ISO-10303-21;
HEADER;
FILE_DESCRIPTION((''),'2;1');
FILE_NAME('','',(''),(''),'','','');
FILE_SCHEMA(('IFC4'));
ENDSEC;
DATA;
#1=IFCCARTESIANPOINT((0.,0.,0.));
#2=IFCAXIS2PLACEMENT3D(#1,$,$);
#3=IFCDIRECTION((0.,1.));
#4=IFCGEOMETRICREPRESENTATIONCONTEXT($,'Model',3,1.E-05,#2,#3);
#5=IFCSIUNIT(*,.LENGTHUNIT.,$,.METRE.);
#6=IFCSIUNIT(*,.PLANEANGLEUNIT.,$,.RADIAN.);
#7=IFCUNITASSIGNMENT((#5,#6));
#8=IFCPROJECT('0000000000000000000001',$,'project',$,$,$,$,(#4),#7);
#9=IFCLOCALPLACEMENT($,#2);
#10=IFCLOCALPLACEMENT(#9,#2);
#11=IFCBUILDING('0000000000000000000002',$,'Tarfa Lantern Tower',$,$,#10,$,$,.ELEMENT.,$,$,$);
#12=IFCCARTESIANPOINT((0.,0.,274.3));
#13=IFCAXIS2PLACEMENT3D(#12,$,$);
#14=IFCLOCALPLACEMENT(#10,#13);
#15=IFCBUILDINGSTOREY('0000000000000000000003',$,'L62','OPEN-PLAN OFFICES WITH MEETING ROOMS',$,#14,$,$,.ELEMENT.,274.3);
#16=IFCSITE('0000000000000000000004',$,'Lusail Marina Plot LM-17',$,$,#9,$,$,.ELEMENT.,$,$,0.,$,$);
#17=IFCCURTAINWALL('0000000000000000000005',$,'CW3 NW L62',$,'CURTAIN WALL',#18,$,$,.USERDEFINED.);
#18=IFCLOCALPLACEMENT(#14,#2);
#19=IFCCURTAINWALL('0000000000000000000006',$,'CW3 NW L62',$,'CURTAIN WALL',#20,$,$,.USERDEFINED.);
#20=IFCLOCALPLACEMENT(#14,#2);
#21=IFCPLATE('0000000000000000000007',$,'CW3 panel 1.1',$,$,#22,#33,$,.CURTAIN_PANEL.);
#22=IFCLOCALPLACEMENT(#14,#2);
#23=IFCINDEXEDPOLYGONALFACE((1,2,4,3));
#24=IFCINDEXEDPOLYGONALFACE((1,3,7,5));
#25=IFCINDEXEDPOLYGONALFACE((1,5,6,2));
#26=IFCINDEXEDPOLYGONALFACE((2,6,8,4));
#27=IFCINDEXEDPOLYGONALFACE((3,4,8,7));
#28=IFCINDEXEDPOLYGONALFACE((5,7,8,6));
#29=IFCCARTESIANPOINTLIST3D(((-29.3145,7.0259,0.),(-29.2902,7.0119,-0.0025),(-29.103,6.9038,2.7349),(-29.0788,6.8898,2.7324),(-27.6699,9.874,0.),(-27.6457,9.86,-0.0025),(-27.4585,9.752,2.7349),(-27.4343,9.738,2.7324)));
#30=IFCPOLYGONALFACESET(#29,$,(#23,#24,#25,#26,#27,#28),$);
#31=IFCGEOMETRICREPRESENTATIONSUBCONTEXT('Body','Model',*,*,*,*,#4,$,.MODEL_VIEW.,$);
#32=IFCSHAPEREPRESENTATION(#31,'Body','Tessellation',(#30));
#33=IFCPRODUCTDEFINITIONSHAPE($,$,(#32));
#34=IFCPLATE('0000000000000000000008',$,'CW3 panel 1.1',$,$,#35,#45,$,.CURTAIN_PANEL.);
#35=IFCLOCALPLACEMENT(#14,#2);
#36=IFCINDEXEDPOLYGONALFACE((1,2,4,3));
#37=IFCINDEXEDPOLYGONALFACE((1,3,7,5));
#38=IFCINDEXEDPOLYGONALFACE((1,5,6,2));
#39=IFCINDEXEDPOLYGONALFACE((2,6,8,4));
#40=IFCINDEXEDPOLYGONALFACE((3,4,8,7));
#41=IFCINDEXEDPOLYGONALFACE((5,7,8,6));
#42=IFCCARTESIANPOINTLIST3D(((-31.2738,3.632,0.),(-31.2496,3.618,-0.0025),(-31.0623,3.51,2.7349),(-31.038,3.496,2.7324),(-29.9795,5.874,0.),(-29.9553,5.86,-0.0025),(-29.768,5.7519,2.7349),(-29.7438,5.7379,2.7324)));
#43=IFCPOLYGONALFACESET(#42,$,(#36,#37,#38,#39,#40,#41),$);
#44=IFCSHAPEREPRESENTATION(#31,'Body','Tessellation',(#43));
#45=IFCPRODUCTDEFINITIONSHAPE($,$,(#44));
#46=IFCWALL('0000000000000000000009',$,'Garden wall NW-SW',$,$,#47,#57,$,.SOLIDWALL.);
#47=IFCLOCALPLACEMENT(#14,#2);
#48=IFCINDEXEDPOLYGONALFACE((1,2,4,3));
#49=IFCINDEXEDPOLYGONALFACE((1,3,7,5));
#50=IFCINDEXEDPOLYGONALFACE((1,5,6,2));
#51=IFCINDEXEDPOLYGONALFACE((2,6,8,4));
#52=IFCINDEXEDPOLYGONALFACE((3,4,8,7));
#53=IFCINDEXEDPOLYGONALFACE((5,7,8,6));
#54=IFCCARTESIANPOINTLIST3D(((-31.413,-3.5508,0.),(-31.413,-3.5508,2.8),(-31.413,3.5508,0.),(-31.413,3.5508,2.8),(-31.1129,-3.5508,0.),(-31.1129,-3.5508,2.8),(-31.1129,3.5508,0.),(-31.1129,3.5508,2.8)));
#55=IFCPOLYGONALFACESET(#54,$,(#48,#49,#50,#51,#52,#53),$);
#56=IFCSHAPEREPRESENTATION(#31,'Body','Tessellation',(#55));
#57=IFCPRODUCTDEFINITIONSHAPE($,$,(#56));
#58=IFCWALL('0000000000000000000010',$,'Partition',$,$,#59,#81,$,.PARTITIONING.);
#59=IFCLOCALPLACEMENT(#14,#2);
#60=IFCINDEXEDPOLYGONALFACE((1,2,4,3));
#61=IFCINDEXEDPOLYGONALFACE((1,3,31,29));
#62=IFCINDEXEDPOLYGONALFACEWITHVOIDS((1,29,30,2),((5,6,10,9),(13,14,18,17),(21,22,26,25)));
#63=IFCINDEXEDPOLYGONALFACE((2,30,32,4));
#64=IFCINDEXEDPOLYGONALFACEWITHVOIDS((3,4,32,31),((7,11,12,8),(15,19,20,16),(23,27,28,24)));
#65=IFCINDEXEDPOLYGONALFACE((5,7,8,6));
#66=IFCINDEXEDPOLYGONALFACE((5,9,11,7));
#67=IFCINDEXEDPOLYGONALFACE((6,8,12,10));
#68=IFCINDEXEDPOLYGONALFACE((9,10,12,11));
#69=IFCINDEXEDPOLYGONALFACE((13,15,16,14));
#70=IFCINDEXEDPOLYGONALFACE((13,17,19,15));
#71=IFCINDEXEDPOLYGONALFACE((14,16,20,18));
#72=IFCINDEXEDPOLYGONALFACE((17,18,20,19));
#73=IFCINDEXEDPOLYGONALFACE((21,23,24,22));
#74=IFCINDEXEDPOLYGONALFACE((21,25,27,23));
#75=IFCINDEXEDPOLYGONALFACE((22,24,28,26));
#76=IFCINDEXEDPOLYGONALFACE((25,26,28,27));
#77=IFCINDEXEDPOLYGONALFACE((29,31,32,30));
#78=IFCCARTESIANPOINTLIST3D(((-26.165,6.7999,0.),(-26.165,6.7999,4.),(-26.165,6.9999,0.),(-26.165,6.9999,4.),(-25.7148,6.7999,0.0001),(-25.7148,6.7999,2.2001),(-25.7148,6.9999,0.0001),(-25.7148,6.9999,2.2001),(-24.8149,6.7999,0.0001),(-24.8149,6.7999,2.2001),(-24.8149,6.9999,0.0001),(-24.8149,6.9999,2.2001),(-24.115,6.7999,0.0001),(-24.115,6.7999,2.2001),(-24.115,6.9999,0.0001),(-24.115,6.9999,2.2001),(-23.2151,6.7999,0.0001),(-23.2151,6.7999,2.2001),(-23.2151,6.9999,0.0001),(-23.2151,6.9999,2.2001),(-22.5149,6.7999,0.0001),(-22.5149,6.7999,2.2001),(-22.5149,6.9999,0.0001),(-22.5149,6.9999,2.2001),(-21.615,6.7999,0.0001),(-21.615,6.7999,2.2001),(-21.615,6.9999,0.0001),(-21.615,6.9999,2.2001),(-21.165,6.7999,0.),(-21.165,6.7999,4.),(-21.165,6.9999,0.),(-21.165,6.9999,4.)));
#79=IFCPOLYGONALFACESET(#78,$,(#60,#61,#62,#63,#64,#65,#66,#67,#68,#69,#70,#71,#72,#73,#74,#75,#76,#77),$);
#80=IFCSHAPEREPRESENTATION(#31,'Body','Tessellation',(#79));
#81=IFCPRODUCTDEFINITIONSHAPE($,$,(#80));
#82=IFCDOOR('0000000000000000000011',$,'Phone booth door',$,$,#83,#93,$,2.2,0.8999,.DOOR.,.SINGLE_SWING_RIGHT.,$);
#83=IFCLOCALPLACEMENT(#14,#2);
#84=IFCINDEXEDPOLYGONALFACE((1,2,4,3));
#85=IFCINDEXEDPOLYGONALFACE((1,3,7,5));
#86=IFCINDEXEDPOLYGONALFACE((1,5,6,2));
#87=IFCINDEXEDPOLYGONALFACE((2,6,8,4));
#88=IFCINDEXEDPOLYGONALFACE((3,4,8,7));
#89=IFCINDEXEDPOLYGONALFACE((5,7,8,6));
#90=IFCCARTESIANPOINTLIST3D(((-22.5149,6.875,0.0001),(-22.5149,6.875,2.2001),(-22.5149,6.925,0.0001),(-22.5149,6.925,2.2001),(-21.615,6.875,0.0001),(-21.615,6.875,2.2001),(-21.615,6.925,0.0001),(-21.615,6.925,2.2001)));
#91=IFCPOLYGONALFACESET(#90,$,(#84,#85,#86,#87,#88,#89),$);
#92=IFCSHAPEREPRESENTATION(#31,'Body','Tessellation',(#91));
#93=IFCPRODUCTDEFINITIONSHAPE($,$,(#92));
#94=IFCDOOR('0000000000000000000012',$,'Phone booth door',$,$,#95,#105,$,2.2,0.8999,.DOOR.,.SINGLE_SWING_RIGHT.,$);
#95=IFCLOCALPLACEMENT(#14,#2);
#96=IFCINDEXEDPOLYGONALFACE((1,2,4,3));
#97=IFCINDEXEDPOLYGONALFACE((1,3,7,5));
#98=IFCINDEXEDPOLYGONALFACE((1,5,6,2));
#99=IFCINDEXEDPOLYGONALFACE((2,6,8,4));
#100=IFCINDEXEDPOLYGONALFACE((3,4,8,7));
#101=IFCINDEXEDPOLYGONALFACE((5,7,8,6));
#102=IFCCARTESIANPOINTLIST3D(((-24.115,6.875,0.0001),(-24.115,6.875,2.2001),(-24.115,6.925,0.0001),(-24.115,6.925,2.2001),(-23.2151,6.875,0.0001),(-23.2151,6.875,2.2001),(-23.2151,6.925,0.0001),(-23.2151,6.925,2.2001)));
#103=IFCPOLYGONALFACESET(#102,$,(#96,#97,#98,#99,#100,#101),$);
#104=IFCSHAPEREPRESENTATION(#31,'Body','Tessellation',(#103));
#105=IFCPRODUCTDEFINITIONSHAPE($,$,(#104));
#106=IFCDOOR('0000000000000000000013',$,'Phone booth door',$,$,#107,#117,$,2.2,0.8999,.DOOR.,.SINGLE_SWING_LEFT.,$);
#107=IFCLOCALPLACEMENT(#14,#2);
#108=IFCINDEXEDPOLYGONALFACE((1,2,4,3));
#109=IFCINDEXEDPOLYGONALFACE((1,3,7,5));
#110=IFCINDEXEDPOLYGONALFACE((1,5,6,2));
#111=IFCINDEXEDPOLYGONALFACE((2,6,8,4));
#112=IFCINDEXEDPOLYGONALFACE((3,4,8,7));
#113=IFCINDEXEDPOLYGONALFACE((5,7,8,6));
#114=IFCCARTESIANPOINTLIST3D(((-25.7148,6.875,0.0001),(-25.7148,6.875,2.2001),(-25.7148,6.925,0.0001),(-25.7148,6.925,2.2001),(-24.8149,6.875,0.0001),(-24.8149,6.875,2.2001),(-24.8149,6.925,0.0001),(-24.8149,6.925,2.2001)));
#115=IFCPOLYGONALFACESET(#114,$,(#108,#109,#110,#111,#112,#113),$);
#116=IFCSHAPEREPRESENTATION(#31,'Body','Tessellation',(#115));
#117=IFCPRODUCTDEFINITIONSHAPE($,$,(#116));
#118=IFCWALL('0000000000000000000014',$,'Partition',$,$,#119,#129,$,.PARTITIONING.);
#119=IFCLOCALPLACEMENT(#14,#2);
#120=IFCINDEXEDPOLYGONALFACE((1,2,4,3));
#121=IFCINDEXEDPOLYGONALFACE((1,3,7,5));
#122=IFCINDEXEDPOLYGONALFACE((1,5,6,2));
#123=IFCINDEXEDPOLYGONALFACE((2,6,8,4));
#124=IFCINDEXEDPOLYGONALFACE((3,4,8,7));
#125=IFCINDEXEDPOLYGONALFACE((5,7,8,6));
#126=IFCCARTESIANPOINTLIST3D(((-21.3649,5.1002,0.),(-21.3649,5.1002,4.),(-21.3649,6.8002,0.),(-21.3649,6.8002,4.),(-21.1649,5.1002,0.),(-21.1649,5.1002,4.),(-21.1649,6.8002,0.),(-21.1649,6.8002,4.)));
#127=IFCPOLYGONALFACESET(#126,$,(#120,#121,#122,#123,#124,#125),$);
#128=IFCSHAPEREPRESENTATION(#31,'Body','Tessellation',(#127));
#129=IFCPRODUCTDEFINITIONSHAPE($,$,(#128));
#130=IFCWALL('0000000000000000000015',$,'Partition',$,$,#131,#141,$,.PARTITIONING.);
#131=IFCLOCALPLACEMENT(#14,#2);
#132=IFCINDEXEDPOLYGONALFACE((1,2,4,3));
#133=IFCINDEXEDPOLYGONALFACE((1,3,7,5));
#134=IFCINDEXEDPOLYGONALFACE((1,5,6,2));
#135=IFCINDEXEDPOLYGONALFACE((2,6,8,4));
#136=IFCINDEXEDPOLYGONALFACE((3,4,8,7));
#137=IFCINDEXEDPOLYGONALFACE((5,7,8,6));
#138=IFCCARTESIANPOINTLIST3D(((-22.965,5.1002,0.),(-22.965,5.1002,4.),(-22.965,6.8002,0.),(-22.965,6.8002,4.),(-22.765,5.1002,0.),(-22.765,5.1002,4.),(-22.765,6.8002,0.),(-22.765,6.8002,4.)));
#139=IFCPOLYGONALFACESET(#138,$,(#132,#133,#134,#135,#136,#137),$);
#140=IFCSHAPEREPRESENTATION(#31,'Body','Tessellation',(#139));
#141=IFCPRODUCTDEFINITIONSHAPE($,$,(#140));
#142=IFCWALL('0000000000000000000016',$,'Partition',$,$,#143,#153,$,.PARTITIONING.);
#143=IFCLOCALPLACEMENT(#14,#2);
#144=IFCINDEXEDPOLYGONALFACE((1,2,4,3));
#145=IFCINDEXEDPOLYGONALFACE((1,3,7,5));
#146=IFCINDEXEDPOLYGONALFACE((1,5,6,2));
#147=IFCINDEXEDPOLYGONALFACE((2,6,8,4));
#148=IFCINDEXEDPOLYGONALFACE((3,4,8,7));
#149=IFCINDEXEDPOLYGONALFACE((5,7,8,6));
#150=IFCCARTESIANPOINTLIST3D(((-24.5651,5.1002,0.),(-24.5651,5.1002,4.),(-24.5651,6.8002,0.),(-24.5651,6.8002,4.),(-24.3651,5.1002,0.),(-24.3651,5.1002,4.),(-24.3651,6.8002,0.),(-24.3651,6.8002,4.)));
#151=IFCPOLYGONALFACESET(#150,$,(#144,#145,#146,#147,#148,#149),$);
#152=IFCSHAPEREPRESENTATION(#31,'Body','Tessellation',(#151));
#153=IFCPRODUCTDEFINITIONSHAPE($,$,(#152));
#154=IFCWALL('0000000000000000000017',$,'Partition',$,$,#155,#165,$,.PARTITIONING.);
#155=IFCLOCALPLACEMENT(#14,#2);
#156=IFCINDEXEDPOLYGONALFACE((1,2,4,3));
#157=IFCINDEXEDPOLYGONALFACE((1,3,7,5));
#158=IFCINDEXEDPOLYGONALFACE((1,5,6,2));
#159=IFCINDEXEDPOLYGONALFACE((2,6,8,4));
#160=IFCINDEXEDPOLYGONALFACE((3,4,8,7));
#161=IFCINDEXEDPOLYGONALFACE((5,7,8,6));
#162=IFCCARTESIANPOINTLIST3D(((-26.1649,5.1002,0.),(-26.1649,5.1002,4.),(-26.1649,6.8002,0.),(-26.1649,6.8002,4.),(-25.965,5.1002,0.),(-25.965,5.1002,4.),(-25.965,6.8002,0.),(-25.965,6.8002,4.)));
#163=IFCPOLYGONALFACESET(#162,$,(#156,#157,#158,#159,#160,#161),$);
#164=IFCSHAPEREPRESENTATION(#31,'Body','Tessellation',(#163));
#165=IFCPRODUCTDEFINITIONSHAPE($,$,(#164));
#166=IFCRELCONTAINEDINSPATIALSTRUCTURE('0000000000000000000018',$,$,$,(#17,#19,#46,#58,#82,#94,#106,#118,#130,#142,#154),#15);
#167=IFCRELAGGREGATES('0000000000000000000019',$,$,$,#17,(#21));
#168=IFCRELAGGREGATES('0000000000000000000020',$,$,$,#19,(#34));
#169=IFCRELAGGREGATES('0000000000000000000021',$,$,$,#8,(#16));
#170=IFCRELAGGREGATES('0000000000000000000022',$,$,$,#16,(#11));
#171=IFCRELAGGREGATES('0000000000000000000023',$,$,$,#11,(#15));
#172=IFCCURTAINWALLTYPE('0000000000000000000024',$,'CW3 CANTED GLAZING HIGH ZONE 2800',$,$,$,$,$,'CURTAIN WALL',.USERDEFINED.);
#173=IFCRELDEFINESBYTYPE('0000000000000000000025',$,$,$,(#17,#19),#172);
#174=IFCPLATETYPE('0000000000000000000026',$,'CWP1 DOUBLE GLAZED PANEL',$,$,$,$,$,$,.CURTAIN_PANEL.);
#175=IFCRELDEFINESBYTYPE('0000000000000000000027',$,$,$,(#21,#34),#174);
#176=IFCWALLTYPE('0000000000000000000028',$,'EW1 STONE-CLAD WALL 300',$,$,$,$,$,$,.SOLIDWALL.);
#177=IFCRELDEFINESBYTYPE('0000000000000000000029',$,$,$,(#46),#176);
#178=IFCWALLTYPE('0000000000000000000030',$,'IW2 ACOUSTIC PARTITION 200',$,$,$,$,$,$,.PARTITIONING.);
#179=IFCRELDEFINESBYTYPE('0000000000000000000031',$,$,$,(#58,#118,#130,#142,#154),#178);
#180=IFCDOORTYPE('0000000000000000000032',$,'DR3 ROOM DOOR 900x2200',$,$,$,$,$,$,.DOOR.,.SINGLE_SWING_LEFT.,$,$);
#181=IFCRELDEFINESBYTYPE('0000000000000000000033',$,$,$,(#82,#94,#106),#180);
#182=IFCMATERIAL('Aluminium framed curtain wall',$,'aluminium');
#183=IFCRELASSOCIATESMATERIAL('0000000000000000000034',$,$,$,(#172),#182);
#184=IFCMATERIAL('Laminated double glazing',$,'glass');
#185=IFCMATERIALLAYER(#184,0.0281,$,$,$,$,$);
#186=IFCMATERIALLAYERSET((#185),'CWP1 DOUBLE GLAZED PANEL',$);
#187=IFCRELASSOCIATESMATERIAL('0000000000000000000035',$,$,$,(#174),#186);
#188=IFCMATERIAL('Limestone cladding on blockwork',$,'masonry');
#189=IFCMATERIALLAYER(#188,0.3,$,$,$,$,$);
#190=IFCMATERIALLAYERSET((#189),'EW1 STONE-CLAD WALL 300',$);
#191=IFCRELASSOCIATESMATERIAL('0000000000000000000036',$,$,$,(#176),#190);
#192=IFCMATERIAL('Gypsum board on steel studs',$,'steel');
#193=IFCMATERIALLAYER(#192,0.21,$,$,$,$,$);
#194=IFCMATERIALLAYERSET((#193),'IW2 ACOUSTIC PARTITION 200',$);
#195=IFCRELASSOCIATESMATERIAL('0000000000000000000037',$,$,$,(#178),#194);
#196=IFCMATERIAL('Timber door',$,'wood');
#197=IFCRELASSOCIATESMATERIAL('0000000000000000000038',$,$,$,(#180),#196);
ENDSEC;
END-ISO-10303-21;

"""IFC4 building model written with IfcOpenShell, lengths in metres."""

from ifc_helpers import new_model, si_unit, direction, frame, frame_2d, origin, place, context, subcontext, project, spatial, polyline, rectangle, outline, extrude, material, layer, layer_set, type_object, element, fill, aggregate, save


model = new_model("IFC4")

# Units and contexts
model_context = context("Model", 3, precision=1e-05, world=origin(), true_north=direction((0.0, 1.0)))
body_context = subcontext(model_context, "Body", "Model", "MODEL_VIEW")
ifc_project = project(units=[si_unit("LENGTHUNIT", "METRE"), si_unit("PLANEANGLEUNIT", "RADIAN")], contexts=[model_context])

# Site, building, storey
site_placement = place(None, origin())
site = spatial("IfcSite", under=ifc_project, at=site_placement, Name="Lusail Marina Plot LM-17", CompositionType="ELEMENT", RefElevation=0.0)
building_placement = place(site_placement, origin())
building = spatial("IfcBuilding", under=site, at=building_placement, Name="Tarfa Lantern Tower", CompositionType="ELEMENT")
storey_placement = place(building_placement, frame((0.0, 0.0, 274.3)))
storey = spatial("IfcBuildingStorey", under=building, at=storey_placement, Name="L62", Description="OPEN-PLAN OFFICES WITH MEETING ROOMS", CompositionType="ELEMENT", Elevation=274.3)

# Curtain walls
ifc_material_1 = material(Name="Aluminium framed curtain wall", Category="aluminium")
curtain_wall_type = type_object("IfcCurtainWallType", Name="CW3 CANTED GLAZING HIGH ZONE 2800", ElementType="CURTAIN WALL", PredefinedType="USERDEFINED", material=ifc_material_1)
curtain_wall_1_placement = place(storey_placement, origin())
curtain_wall_1 = element("IfcCurtainWall", 1, at=curtain_wall_1_placement, inside=storey, type_object=curtain_wall_type, Name="CW3 NW L62", ObjectType="CURTAIN WALL", PredefinedType="USERDEFINED")
curtain_wall_2_placement = place(storey_placement, origin())
curtain_wall_2 = element("IfcCurtainWall", 2, at=curtain_wall_2_placement, inside=storey, type_object=curtain_wall_type, Name="CW3 NW L62", ObjectType="CURTAIN WALL", PredefinedType="USERDEFINED")

# Plates
ifc_material_2 = material(Name="Laminated double glazing", Category="glass")
ifc_layer_1 = layer(ifc_material_2, 0.0281)
ifc_layer_set_1 = layer_set([ifc_layer_1], Name="CWP1 DOUBLE GLAZED PANEL")
plate_type = type_object("IfcPlateType", Name="CWP1 DOUBLE GLAZED PANEL", PredefinedType="CURTAIN_PANEL", material=ifc_layer_set_1)
plate_1_placement = place(storey_placement, frame((-27.6699, 9.874, 0.0), z_axis=(-0.862575, 0.498055, 0.088914), x_axis=(-0.500035, -0.866005, 0.0)))
plate_1 = element("IfcPlate", 3, at=plate_1_placement, type_object=plate_type, Name="CW3 panel 1.1", PredefinedType="CURTAIN_PANEL", context=body_context, shape_type="SweptSolid", body=[
    extrude(outline(polyline([(0.0, 0.0), (3.2888, 0.0), (3.2888, 2.7457), (0.0, 2.7457), (0.0, 0.0)])), origin(), (0.0, 0.0, -1.0), 0.0281),
])
aggregate(curtain_wall_1, [plate_1])
plate_2_placement = place(storey_placement, frame((-29.9795, 5.874, 0.0), z_axis=(-0.862605, 0.497996, 0.088952), x_axis=(-0.499979, -0.866038, -0.000004)))
plate_2 = element("IfcPlate", 4, at=plate_2_placement, type_object=plate_type, Name="CW3 panel 1.1", PredefinedType="CURTAIN_PANEL", context=body_context, shape_type="SweptSolid", body=[
    extrude(outline(polyline([(0.0, 0.0), (2.5888, 0.0), (2.5887, 2.7458), (0.0, 2.7457), (0.0, 0.0)])), origin(), (0.0, 0.0, -1.0), 0.0281),
])
aggregate(curtain_wall_2, [plate_2])

# Wall
ifc_material_3 = material(Name="Limestone cladding on blockwork", Category="masonry")
ifc_layer_2 = layer(ifc_material_3, 0.3)
ifc_layer_set_2 = layer_set([ifc_layer_2], Name="EW1 STONE-CLAD WALL 300")
wall_type_1 = type_object("IfcWallType", Name="EW1 STONE-CLAD WALL 300", PredefinedType="SOLIDWALL", material=ifc_layer_set_2)
wall_1_placement = place(storey_placement, frame((-31.2629, 3.5508, 0.0), z_axis=(0.0, 0.0, 1.0), x_axis=(0.0, -1.0, 0.0)))
element("IfcWall", 5, at=wall_1_placement, inside=storey, type_object=wall_type_1, Name="Garden wall NW-SW", PredefinedType="SOLIDWALL", context=body_context, shape_type="SweptSolid", body=[
    extrude(rectangle(XDim=7.1016, YDim=0.3, at=frame_2d((3.5508, 0.0))), origin(), (0.0, 0.0, 1.0), 2.8),
])

# Wall, openings, doors
ifc_material_4 = material(Name="Gypsum board on steel studs", Category="steel")
ifc_layer_3 = layer(ifc_material_4, 0.21)
ifc_layer_set_3 = layer_set([ifc_layer_3], Name="IW2 ACOUSTIC PARTITION 200")
wall_type_2 = type_object("IfcWallType", Name="IW2 ACOUSTIC PARTITION 200", PredefinedType="PARTITIONING", material=ifc_layer_set_3)
wall_2_placement = place(storey_placement, frame((-21.165, 6.8999, 0.0), z_axis=(0.0, 0.0, 1.0), x_axis=(-1.0, 0.0, 0.0)))
wall_2 = element("IfcWall", 6, at=wall_2_placement, inside=storey, type_object=wall_type_2, Name="Partition", PredefinedType="PARTITIONING", context=body_context, shape_type="SweptSolid", body=[
    extrude(rectangle(XDim=5.0, YDim=0.2, at=frame_2d((2.5, 0.0))), origin(), (0.0, 0.0, 1.0), 4.0),
])
opening_1_placement = place(wall_2_placement, frame((0.45, 0.0, 0.0)))
opening_1 = element("IfcOpeningElement", 7, at=opening_1_placement, cuts=wall_2, PredefinedType="OPENING", context=body_context, shape_type="SweptSolid", body=[
    extrude(rectangle(XDim=0.8999, YDim=2.2, at=frame_2d((0.45, 1.1001))), frame((0.0, 0.1099, 0.0), z_axis=(0.0, -1.0, 0.0), x_axis=(1.0, 0.0, 0.0)), (0.0, 0.0, 1.0), 0.22),
])
opening_2_placement = place(wall_2_placement, frame((2.05, 0.0, 0.0)))
opening_2 = element("IfcOpeningElement", 8, at=opening_2_placement, cuts=wall_2, PredefinedType="OPENING", context=body_context, shape_type="SweptSolid", body=[
    extrude(rectangle(XDim=0.8999, YDim=2.2, at=frame_2d((0.45, 1.1001))), frame((0.0, 0.1099, 0.0), z_axis=(0.0, -1.0, 0.0), x_axis=(1.0, 0.0, 0.0)), (0.0, 0.0, 1.0), 0.22),
])
opening_3_placement = place(wall_2_placement, frame((3.6499, 0.0, 0.0)))
opening_3 = element("IfcOpeningElement", 9, at=opening_3_placement, cuts=wall_2, PredefinedType="OPENING", context=body_context, shape_type="SweptSolid", body=[
    extrude(rectangle(XDim=0.8999, YDim=2.2, at=frame_2d((0.45, 1.1001))), frame((0.0, 0.1099, 0.0), z_axis=(0.0, -1.0, 0.0), x_axis=(1.0, 0.0, 0.0)), (0.0, 0.0, 1.0), 0.22),
])
ifc_material_5 = material(Name="Timber door", Category="wood")
door_type = type_object("IfcDoorType", Name="DR3 ROOM DOOR 900x2200", OperationType="SINGLE_SWING_LEFT", PredefinedType="DOOR", material=ifc_material_5)
door_1_placement = place(opening_1_placement, origin())
door_1 = element("IfcDoor", 10, at=door_1_placement, inside=storey, type_object=door_type, Name="Phone booth door", OperationType="SINGLE_SWING_RIGHT", OverallHeight=2.2, OverallWidth=0.8999, PredefinedType="DOOR", context=body_context, shape_type="SweptSolid", body=[
    extrude(rectangle(XDim=0.8999, YDim=2.2, at=frame_2d((0.45, 1.1001))), frame((0.0, 0.0249, 0.0), z_axis=(0.0, -1.0, 0.0), x_axis=(1.0, 0.0, 0.0)), (0.0, 0.0, 1.0), 0.05),
])
fill(opening_1, door_1)
door_2_placement = place(opening_2_placement, origin())
door_2 = element("IfcDoor", 11, at=door_2_placement, inside=storey, type_object=door_type, Name="Phone booth door", OperationType="SINGLE_SWING_RIGHT", OverallHeight=2.2, OverallWidth=0.8999, PredefinedType="DOOR", context=body_context, shape_type="SweptSolid", body=[
    extrude(rectangle(XDim=0.8999, YDim=2.2, at=frame_2d((0.45, 1.1001))), frame((0.0, 0.0249, 0.0), z_axis=(0.0, -1.0, 0.0), x_axis=(1.0, 0.0, 0.0)), (0.0, 0.0, 1.0), 0.05),
])
fill(opening_2, door_2)
door_3_placement = place(opening_3_placement, origin())
door_3 = element("IfcDoor", 12, at=door_3_placement, inside=storey, type_object=door_type, Name="Phone booth door", OperationType="SINGLE_SWING_LEFT", OverallHeight=2.2, OverallWidth=0.8999, PredefinedType="DOOR", context=body_context, shape_type="SweptSolid", body=[
    extrude(rectangle(XDim=0.8999, YDim=2.2, at=frame_2d((0.45, 1.1001))), frame((0.0, 0.0249, 0.0), z_axis=(0.0, -1.0, 0.0), x_axis=(1.0, 0.0, 0.0)), (0.0, 0.0, 1.0), 0.05),
])
fill(opening_3, door_3)

# Walls
for number, where, z_axis, x_axis, name in (
    (13, (-21.2649, 5.1001, 0.0), (0.0, 0.0, 1.0), (0.0, 1.0, 0.0), "Partition"),
    (14, (-22.865, 5.1001, 0.0), (0.0, 0.0, 1.0), (0.0, 1.0, 0.0), "Partition"),
    (15, (-24.4651, 5.1001, 0.0), (0.0, 0.0, 1.0), (0.0, 1.0, 0.0), "Partition"),
    (16, (-26.0649, 5.1001, 0.0), (0.0, 0.0, 1.0), (0.0, 1.0, 0.0), "Partition"),
):
    element("IfcWall", number, at=place(storey_placement, frame(where, z_axis=z_axis, x_axis=x_axis)), inside=storey, type_object=wall_type_2, Name=name, PredefinedType="PARTITIONING", context=body_context, shape_type="SweptSolid", body=[
        extrude(rectangle(XDim=1.7, YDim=0.2, at=frame_2d((0.8501, 0.0))), origin(), (0.0, 0.0, 1.0), 4.0),
    ])

save(model, "model.ifc")
